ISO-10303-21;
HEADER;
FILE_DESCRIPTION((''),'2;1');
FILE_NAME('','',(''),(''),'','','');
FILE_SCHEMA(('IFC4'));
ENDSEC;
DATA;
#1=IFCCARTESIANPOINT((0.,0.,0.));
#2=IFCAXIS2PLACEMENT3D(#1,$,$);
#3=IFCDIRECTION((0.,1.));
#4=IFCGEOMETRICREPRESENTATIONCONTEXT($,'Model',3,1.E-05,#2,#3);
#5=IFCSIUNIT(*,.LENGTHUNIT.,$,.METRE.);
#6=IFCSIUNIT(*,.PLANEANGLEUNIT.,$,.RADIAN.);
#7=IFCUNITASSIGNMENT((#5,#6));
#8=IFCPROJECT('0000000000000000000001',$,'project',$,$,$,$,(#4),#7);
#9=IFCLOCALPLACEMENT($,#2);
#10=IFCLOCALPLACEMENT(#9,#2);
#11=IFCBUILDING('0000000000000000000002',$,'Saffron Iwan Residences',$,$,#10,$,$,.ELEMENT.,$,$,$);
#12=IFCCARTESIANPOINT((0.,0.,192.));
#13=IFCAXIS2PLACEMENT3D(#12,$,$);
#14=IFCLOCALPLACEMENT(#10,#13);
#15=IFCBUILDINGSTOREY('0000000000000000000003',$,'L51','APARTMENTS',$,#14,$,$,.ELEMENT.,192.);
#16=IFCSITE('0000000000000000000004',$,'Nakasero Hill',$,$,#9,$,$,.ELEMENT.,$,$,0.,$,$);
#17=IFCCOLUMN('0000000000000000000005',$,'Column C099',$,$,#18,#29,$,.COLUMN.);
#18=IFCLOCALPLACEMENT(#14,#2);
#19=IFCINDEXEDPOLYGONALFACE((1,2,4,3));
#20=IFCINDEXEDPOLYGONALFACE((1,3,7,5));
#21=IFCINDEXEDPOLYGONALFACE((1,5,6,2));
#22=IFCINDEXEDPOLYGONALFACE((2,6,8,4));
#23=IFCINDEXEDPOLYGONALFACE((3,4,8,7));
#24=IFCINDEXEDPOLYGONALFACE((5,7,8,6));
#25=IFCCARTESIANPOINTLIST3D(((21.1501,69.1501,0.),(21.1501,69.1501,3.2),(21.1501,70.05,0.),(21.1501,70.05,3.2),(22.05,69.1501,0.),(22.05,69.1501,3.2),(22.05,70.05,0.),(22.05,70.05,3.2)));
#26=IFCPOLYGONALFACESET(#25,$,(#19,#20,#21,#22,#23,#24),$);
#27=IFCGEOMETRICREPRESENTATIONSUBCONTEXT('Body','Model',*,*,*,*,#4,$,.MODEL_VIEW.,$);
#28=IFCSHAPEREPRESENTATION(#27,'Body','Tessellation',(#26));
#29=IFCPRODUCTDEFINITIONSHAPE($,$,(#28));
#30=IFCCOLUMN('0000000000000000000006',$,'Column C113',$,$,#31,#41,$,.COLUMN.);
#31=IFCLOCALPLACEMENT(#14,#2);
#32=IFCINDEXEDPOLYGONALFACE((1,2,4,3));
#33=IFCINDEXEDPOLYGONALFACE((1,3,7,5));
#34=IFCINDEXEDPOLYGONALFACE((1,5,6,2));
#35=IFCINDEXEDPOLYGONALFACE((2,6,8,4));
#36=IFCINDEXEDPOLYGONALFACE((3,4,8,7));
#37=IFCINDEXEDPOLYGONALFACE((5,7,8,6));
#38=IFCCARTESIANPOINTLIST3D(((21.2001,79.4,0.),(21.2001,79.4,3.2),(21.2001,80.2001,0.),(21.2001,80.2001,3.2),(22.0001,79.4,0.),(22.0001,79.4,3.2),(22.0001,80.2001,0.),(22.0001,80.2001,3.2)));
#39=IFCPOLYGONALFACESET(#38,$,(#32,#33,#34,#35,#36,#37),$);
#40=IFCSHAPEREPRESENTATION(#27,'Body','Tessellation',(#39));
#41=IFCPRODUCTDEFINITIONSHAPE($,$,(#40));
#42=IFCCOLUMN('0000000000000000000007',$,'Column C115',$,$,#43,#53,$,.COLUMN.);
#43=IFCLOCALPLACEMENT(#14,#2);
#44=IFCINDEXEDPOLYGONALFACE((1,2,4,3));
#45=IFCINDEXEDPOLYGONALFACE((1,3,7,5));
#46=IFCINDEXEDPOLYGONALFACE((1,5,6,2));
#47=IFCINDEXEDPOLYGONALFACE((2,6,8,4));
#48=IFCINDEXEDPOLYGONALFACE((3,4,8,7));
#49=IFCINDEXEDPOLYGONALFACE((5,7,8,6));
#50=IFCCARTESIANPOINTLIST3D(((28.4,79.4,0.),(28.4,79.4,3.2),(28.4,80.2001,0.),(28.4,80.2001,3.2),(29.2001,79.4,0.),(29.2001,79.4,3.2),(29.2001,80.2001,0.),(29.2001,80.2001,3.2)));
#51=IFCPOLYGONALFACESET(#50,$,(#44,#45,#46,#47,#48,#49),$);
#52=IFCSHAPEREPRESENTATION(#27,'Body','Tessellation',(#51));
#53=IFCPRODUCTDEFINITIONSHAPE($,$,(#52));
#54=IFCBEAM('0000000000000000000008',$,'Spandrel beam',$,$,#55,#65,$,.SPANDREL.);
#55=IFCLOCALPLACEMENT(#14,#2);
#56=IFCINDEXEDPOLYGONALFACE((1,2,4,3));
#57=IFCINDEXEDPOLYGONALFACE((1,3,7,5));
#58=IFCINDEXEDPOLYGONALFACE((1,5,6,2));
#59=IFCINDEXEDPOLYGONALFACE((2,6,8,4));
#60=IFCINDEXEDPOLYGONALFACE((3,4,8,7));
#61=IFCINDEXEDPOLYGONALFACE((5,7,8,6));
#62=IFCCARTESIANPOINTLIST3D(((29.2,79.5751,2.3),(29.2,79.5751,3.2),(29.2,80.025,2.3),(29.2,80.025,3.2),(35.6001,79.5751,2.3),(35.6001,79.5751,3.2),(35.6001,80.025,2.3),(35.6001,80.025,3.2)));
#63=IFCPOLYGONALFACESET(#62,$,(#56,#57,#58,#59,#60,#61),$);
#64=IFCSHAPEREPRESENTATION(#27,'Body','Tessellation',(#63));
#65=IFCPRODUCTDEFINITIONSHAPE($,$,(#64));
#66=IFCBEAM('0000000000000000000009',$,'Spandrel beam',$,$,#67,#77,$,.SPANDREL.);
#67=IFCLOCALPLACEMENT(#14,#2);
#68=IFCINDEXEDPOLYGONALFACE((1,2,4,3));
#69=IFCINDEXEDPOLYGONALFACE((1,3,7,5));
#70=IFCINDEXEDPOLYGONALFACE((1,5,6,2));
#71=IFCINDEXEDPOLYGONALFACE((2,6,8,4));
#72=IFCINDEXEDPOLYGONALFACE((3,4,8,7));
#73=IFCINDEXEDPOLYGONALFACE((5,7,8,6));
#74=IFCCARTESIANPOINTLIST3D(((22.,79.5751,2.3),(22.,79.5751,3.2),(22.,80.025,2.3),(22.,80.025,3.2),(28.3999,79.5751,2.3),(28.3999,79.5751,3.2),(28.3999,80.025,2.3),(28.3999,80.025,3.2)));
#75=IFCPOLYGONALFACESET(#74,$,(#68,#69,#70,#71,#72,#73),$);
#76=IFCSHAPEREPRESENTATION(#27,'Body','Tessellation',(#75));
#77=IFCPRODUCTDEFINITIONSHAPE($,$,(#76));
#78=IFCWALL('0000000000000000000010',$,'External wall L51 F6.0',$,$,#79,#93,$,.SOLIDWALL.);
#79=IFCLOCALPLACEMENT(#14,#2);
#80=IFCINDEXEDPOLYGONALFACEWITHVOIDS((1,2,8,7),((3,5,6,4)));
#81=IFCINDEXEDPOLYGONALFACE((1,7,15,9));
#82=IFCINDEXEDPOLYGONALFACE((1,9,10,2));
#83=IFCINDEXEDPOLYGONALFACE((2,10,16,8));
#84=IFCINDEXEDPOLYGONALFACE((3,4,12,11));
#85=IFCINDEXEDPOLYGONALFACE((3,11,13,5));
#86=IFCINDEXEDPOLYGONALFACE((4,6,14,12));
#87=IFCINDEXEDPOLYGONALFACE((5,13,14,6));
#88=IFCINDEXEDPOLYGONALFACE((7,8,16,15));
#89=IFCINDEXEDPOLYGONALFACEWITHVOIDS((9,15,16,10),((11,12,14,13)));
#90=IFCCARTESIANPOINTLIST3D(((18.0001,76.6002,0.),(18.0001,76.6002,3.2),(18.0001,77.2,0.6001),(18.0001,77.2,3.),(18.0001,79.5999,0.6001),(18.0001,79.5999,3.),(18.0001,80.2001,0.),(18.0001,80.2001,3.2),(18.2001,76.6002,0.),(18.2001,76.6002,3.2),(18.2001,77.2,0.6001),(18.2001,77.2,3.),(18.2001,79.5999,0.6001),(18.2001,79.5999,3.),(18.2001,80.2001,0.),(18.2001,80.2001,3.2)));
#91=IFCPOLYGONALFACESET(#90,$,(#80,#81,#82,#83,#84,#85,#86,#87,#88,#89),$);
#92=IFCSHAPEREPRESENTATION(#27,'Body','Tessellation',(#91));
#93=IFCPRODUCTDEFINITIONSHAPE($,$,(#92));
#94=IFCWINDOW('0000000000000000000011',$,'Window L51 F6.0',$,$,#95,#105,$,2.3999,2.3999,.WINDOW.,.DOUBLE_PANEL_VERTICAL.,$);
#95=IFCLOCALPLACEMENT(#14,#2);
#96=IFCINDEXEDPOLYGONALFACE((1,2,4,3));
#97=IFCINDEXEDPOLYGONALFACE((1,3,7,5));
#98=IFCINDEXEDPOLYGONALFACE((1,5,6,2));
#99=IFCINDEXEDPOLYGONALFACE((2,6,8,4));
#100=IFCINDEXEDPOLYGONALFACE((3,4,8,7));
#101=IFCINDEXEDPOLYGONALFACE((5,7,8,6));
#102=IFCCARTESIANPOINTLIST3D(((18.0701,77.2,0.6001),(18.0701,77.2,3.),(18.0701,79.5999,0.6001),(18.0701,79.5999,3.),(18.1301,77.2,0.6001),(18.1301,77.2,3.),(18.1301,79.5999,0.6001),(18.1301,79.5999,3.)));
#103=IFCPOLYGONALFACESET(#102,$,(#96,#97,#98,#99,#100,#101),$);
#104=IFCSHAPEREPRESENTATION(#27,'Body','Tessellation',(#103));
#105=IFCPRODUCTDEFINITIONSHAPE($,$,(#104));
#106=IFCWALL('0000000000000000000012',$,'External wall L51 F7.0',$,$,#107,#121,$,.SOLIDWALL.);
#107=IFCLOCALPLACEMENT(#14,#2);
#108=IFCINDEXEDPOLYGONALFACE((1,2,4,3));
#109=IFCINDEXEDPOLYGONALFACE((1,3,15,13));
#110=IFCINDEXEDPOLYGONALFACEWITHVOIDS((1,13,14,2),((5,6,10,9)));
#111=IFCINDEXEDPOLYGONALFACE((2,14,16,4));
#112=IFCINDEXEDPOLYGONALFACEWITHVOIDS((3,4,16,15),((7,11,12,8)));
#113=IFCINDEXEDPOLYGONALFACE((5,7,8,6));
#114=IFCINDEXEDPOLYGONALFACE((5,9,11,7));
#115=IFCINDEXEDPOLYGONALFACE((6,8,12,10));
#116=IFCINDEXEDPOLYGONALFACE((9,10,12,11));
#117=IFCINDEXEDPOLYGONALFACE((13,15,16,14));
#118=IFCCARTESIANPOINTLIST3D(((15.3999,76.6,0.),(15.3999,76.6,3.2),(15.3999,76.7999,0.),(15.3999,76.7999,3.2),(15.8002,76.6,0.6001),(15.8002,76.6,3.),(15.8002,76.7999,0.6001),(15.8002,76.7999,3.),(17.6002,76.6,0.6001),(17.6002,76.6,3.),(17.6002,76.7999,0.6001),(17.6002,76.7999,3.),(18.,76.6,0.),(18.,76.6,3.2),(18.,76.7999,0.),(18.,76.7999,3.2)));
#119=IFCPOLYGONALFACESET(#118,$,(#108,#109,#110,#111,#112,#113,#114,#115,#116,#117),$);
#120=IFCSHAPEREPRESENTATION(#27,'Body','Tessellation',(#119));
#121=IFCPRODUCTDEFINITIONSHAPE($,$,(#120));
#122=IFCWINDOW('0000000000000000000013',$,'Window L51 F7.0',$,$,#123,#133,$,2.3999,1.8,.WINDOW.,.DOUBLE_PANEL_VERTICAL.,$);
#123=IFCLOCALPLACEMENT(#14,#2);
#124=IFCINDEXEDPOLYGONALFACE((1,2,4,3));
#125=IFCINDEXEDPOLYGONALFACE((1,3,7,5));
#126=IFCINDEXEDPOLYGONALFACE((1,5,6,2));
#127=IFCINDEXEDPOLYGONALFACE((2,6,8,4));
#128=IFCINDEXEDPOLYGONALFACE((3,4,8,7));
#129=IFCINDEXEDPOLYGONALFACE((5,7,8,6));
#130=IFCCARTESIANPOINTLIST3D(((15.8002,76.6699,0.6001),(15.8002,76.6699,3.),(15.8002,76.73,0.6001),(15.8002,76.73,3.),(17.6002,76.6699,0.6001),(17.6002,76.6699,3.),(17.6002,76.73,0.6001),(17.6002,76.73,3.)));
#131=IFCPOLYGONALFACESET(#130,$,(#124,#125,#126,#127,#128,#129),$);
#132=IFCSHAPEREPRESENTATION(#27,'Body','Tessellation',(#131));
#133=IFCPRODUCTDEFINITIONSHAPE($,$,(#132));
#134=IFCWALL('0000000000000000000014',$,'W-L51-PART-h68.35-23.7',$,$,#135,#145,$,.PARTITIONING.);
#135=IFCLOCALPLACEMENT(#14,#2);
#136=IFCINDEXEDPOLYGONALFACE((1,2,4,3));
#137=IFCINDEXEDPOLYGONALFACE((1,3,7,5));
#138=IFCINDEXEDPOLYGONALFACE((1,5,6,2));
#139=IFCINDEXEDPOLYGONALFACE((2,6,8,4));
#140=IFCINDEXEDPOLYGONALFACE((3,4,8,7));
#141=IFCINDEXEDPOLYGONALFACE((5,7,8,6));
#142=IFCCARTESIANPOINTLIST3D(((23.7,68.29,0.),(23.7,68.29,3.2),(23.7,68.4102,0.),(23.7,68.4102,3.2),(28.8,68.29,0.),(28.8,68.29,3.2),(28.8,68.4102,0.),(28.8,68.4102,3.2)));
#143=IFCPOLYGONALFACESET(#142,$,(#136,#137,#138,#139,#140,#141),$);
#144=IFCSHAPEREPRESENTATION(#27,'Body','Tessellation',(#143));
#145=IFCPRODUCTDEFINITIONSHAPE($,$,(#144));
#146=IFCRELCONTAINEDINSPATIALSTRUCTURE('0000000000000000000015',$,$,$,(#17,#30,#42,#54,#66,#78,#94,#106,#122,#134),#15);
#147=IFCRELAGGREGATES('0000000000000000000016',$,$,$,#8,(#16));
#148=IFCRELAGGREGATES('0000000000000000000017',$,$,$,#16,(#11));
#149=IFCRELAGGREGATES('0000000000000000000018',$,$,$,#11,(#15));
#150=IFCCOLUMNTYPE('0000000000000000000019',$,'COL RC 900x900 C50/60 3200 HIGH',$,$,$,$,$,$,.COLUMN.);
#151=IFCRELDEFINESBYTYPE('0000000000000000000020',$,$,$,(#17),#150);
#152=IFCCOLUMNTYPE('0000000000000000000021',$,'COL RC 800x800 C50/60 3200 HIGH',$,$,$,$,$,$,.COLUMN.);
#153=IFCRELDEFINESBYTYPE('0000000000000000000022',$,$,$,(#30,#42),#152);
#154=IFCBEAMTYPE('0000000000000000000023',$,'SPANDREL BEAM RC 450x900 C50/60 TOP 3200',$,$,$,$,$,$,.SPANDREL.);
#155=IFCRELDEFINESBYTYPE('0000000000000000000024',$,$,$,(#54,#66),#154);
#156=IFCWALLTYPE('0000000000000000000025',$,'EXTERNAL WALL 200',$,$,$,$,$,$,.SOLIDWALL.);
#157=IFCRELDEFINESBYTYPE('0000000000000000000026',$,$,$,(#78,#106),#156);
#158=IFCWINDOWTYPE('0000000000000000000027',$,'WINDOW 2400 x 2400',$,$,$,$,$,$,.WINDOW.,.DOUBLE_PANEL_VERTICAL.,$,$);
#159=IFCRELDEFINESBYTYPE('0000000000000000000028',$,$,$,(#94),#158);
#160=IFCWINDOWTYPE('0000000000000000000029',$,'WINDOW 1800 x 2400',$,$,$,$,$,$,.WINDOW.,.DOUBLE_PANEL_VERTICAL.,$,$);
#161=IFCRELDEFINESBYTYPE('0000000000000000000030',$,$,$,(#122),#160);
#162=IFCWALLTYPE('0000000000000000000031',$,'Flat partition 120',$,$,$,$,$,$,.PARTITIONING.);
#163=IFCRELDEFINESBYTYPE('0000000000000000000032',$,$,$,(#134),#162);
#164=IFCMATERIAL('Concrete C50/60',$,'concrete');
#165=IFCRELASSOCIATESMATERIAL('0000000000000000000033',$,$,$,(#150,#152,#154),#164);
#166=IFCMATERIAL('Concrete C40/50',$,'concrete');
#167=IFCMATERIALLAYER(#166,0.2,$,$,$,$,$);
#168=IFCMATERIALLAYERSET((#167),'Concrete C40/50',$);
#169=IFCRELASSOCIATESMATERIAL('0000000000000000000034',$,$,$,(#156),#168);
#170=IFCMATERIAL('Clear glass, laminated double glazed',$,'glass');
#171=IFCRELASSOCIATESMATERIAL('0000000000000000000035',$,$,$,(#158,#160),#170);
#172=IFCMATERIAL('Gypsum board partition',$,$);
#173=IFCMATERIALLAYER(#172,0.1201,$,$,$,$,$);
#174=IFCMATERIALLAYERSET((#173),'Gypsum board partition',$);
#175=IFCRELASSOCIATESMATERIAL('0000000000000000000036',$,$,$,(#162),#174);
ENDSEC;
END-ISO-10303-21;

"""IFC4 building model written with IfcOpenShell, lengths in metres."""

from ifc_helpers import new_model, si_unit, direction, frame, frame_2d, origin, origin_2d, place, context, subcontext, project, spatial, rectangle, extrude, source, transform, mapped, material, layer, layer_set, material_profile, profile_set, type_object, element, fill, save


model = new_model("IFC4")

# Units and contexts
model_context = context("Model", 3, precision=1e-05, world=origin(), true_north=direction((0.0, 1.0)))
body_context = subcontext(model_context, "Body", "Model", "MODEL_VIEW")
ifc_project = project(units=[si_unit("LENGTHUNIT", "METRE"), si_unit("PLANEANGLEUNIT", "RADIAN")], contexts=[model_context])

# Site, building, storey
site_placement = place(None, origin())
site = spatial("IfcSite", under=ifc_project, at=site_placement, Name="Nakasero Hill", CompositionType="ELEMENT", RefElevation=0.0)
building_placement = place(site_placement, origin())
building = spatial("IfcBuilding", under=site, at=building_placement, Name="Saffron Iwan Residences", CompositionType="ELEMENT")
storey_placement = place(building_placement, frame((0.0, 0.0, 192.0)))
storey = spatial("IfcBuildingStorey", under=building, at=storey_placement, Name="L51", Description="APARTMENTS", CompositionType="ELEMENT", Elevation=192.0)

# Columns
ifc_material_1 = material(Name="Concrete C50/60", Category="concrete")
ifc_material_profile_1 = material_profile(ifc_material_1, rectangle(XDim=0.8999, YDim=0.8999, at=origin_2d()), Name="RC 900x900")
ifc_profile_set_1 = profile_set([ifc_material_profile_1], Name="Concrete C50/60")
column_type_1 = type_object("IfcColumnType", Name="COL RC 900x900 C50/60 3200 HIGH", PredefinedType="COLUMN", material=ifc_profile_set_1)
shared_shape_1 = source(origin(), body_context, "Body", "SweptSolid", [
    extrude(rectangle(XDim=0.8999, YDim=0.8999, at=origin_2d()), origin(), (0.0, 0.0, 1.0), 3.2),
])
column_placement = place(storey_placement, frame((21.6001, 69.6001, 0.0), z_axis=(0.0, 0.0, 1.0), x_axis=(1.0, 0.0, 0.0)))
element("IfcColumn", 1, at=column_placement, inside=storey, type_object=column_type_1, Name="Column C099", PredefinedType="COLUMN", context=body_context, shape_type="MappedRepresentation", body=[
    mapped(shared_shape_1, transform((0.0, 0.0, 0.0))),
])
ifc_material_profile_2 = material_profile(ifc_material_1, rectangle(XDim=0.8, YDim=0.8, at=origin_2d()), Name="RC 800x800")
ifc_profile_set_2 = profile_set([ifc_material_profile_2], Name="Concrete C50/60")
column_type_2 = type_object("IfcColumnType", Name="COL RC 800x800 C50/60 3200 HIGH", PredefinedType="COLUMN", material=ifc_profile_set_2)
shared_shape_2 = source(origin(), body_context, "Body", "SweptSolid", [
    extrude(rectangle(XDim=0.8, YDim=0.8, at=origin_2d()), origin(), (0.0, 0.0, 1.0), 3.2),
])
for number, where, z_axis, x_axis, name in (
    (2, (21.6001, 79.8, 0.0), (0.0, 0.0, 1.0), (1.0, 0.0, 0.0), "Column C113"),
    (3, (28.8, 79.8, 0.0), (0.0, 0.0, 1.0), (1.0, 0.0, 0.0), "Column C115"),
):
    element("IfcColumn", number, at=place(storey_placement, frame(where, z_axis=z_axis, x_axis=x_axis)), inside=storey, type_object=column_type_2, Name=name, PredefinedType="COLUMN", context=body_context, shape_type="MappedRepresentation", body=[
        mapped(shared_shape_2, transform((0.0, 0.0, 0.0))),
    ])

# Beams
ifc_material_profile_3 = material_profile(ifc_material_1, rectangle(XDim=0.45, YDim=0.8999, at=origin_2d()), Name="RC 450x900")
ifc_profile_set_3 = profile_set([ifc_material_profile_3], Name="Concrete C50/60")
beam_type = type_object("IfcBeamType", Name="SPANDREL BEAM RC 450x900 C50/60 TOP 3200", PredefinedType="SPANDREL", material=ifc_profile_set_3)
shared_shape_3 = source(origin(), body_context, "Body", "SweptSolid", [
    extrude(rectangle(XDim=0.45, YDim=0.8999, at=origin_2d()), origin(), (0.0, 0.0, 1.0), 6.4001),
])
beam_1_placement = place(storey_placement, frame((29.2, 79.8, 2.75), z_axis=(1.0, 0.0, 0.0), x_axis=(0.0, 1.0, 0.0)))
element("IfcBeam", 4, at=beam_1_placement, inside=storey, type_object=beam_type, Name="Spandrel beam", PredefinedType="SPANDREL", context=body_context, shape_type="MappedRepresentation", body=[
    mapped(shared_shape_3, transform((0.0, 0.0, 0.0))),
])
shared_shape_4 = source(origin(), body_context, "Body", "SweptSolid", [
    extrude(rectangle(XDim=0.45, YDim=0.8999, at=origin_2d()), origin(), (0.0, 0.0, 1.0), 6.3999),
])
beam_2_placement = place(storey_placement, frame((22.0, 79.8, 2.75), z_axis=(1.0, 0.0, 0.0), x_axis=(0.0, 1.0, 0.0)))
element("IfcBeam", 5, at=beam_2_placement, inside=storey, type_object=beam_type, Name="Spandrel beam", PredefinedType="SPANDREL", context=body_context, shape_type="MappedRepresentation", body=[
    mapped(shared_shape_4, transform((0.0, 0.0, 0.0))),
])

# Walls, openings, windows
ifc_material_2 = material(Name="Concrete C40/50", Category="concrete")
ifc_layer_1 = layer(ifc_material_2, 0.2)
ifc_layer_set_1 = layer_set([ifc_layer_1], Name="Concrete C40/50")
wall_type_1 = type_object("IfcWallType", Name="EXTERNAL WALL 200", PredefinedType="SOLIDWALL", material=ifc_layer_set_1)
wall_1_placement = place(storey_placement, frame((18.1001, 80.2, 0.0), z_axis=(0.0, 0.0, 1.0), x_axis=(0.0, -1.0, 0.0)))
wall_1 = element("IfcWall", 6, at=wall_1_placement, inside=storey, type_object=wall_type_1, Name="External wall L51 F6.0", PredefinedType="SOLIDWALL", context=body_context, shape_type="SweptSolid", body=[
    extrude(rectangle(XDim=3.5999, YDim=0.2, at=frame_2d((1.7998, 0.0))), origin(), (0.0, 0.0, 1.0), 3.2),
])
opening_1_placement = place(wall_1_placement, frame((0.6001, 0.0, 0.6001)))
opening_1 = element("IfcOpeningElement", 7, at=opening_1_placement, cuts=wall_1, PredefinedType="OPENING", context=body_context, shape_type="SweptSolid", body=[
    extrude(rectangle(XDim=2.3999, YDim=2.3999, at=frame_2d((1.2, 1.2))), frame((0.0, 0.1099, 0.0), z_axis=(0.0, -1.0, 0.0), x_axis=(1.0, 0.0, 0.0)), (0.0, 0.0, 1.0), 0.22),
])
ifc_material_3 = material(Name="Clear glass, laminated double glazed", Category="glass")
window_type_1 = type_object("IfcWindowType", Name="WINDOW 2400 x 2400", PartitioningType="DOUBLE_PANEL_VERTICAL", PredefinedType="WINDOW", material=ifc_material_3)
window_1_placement = place(opening_1_placement, origin())
window_1 = element("IfcWindow", 8, at=window_1_placement, inside=storey, type_object=window_type_1, Name="Window L51 F6.0", OverallHeight=2.3999, OverallWidth=2.3999, PartitioningType="DOUBLE_PANEL_VERTICAL", PredefinedType="WINDOW", context=body_context, shape_type="SweptSolid", body=[
    extrude(rectangle(XDim=2.3999, YDim=2.3999, at=frame_2d((1.2, 1.2))), frame((0.0, 0.03, 0.0), z_axis=(0.0, -1.0, 0.0), x_axis=(1.0, 0.0, 0.0)), (0.0, 0.0, 1.0), 0.0601),
])
fill(opening_1, window_1)
wall_2_placement = place(storey_placement, frame((18.0, 76.7, 0.0), z_axis=(0.0, 0.0, 1.0), x_axis=(-1.0, 0.0, 0.0)))
wall_2 = element("IfcWall", 9, at=wall_2_placement, inside=storey, type_object=wall_type_1, Name="External wall L51 F7.0", PredefinedType="SOLIDWALL", context=body_context, shape_type="SweptSolid", body=[
    extrude(rectangle(XDim=2.6001, YDim=0.2, at=frame_2d((1.3, 0.0))), origin(), (0.0, 0.0, 1.0), 3.2),
])
opening_2_placement = place(wall_2_placement, frame((0.3999, 0.0, 0.6001)))
opening_2 = element("IfcOpeningElement", 10, at=opening_2_placement, cuts=wall_2, PredefinedType="OPENING", context=body_context, shape_type="SweptSolid", body=[
    extrude(rectangle(XDim=1.8, YDim=2.3999, at=frame_2d((0.8999, 1.2))), frame((0.0, 0.1099, 0.0), z_axis=(0.0, -1.0, 0.0), x_axis=(1.0, 0.0, 0.0)), (0.0, 0.0, 1.0), 0.22),
])
window_type_2 = type_object("IfcWindowType", Name="WINDOW 1800 x 2400", PartitioningType="DOUBLE_PANEL_VERTICAL", PredefinedType="WINDOW", material=ifc_material_3)
window_2_placement = place(opening_2_placement, origin())
window_2 = element("IfcWindow", 11, at=window_2_placement, inside=storey, type_object=window_type_2, Name="Window L51 F7.0", OverallHeight=2.3999, OverallWidth=1.8, PartitioningType="DOUBLE_PANEL_VERTICAL", PredefinedType="WINDOW", context=body_context, shape_type="SweptSolid", body=[
    extrude(rectangle(XDim=1.8, YDim=2.3999, at=frame_2d((0.8999, 1.2))), frame((0.0, 0.03, 0.0), z_axis=(0.0, -1.0, 0.0), x_axis=(1.0, 0.0, 0.0)), (0.0, 0.0, 1.0), 0.0601),
])
fill(opening_2, window_2)

# Wall
ifc_material_4 = material(Name="Gypsum board partition")
ifc_layer_2 = layer(ifc_material_4, 0.1201)
ifc_layer_set_2 = layer_set([ifc_layer_2], Name="Gypsum board partition")
wall_type_2 = type_object("IfcWallType", Name="Flat partition 120", PredefinedType="PARTITIONING", material=ifc_layer_set_2)
wall_3_placement = place(storey_placement, frame((23.7, 68.3501, 0.0), z_axis=(0.0, 0.0, 1.0), x_axis=(1.0, 0.0, 0.0)))
element("IfcWall", 12, at=wall_3_placement, inside=storey, type_object=wall_type_2, Name="W-L51-PART-h68.35-23.7", PredefinedType="PARTITIONING", context=body_context, shape_type="SweptSolid", body=[
    extrude(rectangle(XDim=5.1001, YDim=0.1201, at=frame_2d((2.55, 0.0))), origin(), (0.0, 0.0, 1.0), 3.2),
])

save(model, "model.ifc")
